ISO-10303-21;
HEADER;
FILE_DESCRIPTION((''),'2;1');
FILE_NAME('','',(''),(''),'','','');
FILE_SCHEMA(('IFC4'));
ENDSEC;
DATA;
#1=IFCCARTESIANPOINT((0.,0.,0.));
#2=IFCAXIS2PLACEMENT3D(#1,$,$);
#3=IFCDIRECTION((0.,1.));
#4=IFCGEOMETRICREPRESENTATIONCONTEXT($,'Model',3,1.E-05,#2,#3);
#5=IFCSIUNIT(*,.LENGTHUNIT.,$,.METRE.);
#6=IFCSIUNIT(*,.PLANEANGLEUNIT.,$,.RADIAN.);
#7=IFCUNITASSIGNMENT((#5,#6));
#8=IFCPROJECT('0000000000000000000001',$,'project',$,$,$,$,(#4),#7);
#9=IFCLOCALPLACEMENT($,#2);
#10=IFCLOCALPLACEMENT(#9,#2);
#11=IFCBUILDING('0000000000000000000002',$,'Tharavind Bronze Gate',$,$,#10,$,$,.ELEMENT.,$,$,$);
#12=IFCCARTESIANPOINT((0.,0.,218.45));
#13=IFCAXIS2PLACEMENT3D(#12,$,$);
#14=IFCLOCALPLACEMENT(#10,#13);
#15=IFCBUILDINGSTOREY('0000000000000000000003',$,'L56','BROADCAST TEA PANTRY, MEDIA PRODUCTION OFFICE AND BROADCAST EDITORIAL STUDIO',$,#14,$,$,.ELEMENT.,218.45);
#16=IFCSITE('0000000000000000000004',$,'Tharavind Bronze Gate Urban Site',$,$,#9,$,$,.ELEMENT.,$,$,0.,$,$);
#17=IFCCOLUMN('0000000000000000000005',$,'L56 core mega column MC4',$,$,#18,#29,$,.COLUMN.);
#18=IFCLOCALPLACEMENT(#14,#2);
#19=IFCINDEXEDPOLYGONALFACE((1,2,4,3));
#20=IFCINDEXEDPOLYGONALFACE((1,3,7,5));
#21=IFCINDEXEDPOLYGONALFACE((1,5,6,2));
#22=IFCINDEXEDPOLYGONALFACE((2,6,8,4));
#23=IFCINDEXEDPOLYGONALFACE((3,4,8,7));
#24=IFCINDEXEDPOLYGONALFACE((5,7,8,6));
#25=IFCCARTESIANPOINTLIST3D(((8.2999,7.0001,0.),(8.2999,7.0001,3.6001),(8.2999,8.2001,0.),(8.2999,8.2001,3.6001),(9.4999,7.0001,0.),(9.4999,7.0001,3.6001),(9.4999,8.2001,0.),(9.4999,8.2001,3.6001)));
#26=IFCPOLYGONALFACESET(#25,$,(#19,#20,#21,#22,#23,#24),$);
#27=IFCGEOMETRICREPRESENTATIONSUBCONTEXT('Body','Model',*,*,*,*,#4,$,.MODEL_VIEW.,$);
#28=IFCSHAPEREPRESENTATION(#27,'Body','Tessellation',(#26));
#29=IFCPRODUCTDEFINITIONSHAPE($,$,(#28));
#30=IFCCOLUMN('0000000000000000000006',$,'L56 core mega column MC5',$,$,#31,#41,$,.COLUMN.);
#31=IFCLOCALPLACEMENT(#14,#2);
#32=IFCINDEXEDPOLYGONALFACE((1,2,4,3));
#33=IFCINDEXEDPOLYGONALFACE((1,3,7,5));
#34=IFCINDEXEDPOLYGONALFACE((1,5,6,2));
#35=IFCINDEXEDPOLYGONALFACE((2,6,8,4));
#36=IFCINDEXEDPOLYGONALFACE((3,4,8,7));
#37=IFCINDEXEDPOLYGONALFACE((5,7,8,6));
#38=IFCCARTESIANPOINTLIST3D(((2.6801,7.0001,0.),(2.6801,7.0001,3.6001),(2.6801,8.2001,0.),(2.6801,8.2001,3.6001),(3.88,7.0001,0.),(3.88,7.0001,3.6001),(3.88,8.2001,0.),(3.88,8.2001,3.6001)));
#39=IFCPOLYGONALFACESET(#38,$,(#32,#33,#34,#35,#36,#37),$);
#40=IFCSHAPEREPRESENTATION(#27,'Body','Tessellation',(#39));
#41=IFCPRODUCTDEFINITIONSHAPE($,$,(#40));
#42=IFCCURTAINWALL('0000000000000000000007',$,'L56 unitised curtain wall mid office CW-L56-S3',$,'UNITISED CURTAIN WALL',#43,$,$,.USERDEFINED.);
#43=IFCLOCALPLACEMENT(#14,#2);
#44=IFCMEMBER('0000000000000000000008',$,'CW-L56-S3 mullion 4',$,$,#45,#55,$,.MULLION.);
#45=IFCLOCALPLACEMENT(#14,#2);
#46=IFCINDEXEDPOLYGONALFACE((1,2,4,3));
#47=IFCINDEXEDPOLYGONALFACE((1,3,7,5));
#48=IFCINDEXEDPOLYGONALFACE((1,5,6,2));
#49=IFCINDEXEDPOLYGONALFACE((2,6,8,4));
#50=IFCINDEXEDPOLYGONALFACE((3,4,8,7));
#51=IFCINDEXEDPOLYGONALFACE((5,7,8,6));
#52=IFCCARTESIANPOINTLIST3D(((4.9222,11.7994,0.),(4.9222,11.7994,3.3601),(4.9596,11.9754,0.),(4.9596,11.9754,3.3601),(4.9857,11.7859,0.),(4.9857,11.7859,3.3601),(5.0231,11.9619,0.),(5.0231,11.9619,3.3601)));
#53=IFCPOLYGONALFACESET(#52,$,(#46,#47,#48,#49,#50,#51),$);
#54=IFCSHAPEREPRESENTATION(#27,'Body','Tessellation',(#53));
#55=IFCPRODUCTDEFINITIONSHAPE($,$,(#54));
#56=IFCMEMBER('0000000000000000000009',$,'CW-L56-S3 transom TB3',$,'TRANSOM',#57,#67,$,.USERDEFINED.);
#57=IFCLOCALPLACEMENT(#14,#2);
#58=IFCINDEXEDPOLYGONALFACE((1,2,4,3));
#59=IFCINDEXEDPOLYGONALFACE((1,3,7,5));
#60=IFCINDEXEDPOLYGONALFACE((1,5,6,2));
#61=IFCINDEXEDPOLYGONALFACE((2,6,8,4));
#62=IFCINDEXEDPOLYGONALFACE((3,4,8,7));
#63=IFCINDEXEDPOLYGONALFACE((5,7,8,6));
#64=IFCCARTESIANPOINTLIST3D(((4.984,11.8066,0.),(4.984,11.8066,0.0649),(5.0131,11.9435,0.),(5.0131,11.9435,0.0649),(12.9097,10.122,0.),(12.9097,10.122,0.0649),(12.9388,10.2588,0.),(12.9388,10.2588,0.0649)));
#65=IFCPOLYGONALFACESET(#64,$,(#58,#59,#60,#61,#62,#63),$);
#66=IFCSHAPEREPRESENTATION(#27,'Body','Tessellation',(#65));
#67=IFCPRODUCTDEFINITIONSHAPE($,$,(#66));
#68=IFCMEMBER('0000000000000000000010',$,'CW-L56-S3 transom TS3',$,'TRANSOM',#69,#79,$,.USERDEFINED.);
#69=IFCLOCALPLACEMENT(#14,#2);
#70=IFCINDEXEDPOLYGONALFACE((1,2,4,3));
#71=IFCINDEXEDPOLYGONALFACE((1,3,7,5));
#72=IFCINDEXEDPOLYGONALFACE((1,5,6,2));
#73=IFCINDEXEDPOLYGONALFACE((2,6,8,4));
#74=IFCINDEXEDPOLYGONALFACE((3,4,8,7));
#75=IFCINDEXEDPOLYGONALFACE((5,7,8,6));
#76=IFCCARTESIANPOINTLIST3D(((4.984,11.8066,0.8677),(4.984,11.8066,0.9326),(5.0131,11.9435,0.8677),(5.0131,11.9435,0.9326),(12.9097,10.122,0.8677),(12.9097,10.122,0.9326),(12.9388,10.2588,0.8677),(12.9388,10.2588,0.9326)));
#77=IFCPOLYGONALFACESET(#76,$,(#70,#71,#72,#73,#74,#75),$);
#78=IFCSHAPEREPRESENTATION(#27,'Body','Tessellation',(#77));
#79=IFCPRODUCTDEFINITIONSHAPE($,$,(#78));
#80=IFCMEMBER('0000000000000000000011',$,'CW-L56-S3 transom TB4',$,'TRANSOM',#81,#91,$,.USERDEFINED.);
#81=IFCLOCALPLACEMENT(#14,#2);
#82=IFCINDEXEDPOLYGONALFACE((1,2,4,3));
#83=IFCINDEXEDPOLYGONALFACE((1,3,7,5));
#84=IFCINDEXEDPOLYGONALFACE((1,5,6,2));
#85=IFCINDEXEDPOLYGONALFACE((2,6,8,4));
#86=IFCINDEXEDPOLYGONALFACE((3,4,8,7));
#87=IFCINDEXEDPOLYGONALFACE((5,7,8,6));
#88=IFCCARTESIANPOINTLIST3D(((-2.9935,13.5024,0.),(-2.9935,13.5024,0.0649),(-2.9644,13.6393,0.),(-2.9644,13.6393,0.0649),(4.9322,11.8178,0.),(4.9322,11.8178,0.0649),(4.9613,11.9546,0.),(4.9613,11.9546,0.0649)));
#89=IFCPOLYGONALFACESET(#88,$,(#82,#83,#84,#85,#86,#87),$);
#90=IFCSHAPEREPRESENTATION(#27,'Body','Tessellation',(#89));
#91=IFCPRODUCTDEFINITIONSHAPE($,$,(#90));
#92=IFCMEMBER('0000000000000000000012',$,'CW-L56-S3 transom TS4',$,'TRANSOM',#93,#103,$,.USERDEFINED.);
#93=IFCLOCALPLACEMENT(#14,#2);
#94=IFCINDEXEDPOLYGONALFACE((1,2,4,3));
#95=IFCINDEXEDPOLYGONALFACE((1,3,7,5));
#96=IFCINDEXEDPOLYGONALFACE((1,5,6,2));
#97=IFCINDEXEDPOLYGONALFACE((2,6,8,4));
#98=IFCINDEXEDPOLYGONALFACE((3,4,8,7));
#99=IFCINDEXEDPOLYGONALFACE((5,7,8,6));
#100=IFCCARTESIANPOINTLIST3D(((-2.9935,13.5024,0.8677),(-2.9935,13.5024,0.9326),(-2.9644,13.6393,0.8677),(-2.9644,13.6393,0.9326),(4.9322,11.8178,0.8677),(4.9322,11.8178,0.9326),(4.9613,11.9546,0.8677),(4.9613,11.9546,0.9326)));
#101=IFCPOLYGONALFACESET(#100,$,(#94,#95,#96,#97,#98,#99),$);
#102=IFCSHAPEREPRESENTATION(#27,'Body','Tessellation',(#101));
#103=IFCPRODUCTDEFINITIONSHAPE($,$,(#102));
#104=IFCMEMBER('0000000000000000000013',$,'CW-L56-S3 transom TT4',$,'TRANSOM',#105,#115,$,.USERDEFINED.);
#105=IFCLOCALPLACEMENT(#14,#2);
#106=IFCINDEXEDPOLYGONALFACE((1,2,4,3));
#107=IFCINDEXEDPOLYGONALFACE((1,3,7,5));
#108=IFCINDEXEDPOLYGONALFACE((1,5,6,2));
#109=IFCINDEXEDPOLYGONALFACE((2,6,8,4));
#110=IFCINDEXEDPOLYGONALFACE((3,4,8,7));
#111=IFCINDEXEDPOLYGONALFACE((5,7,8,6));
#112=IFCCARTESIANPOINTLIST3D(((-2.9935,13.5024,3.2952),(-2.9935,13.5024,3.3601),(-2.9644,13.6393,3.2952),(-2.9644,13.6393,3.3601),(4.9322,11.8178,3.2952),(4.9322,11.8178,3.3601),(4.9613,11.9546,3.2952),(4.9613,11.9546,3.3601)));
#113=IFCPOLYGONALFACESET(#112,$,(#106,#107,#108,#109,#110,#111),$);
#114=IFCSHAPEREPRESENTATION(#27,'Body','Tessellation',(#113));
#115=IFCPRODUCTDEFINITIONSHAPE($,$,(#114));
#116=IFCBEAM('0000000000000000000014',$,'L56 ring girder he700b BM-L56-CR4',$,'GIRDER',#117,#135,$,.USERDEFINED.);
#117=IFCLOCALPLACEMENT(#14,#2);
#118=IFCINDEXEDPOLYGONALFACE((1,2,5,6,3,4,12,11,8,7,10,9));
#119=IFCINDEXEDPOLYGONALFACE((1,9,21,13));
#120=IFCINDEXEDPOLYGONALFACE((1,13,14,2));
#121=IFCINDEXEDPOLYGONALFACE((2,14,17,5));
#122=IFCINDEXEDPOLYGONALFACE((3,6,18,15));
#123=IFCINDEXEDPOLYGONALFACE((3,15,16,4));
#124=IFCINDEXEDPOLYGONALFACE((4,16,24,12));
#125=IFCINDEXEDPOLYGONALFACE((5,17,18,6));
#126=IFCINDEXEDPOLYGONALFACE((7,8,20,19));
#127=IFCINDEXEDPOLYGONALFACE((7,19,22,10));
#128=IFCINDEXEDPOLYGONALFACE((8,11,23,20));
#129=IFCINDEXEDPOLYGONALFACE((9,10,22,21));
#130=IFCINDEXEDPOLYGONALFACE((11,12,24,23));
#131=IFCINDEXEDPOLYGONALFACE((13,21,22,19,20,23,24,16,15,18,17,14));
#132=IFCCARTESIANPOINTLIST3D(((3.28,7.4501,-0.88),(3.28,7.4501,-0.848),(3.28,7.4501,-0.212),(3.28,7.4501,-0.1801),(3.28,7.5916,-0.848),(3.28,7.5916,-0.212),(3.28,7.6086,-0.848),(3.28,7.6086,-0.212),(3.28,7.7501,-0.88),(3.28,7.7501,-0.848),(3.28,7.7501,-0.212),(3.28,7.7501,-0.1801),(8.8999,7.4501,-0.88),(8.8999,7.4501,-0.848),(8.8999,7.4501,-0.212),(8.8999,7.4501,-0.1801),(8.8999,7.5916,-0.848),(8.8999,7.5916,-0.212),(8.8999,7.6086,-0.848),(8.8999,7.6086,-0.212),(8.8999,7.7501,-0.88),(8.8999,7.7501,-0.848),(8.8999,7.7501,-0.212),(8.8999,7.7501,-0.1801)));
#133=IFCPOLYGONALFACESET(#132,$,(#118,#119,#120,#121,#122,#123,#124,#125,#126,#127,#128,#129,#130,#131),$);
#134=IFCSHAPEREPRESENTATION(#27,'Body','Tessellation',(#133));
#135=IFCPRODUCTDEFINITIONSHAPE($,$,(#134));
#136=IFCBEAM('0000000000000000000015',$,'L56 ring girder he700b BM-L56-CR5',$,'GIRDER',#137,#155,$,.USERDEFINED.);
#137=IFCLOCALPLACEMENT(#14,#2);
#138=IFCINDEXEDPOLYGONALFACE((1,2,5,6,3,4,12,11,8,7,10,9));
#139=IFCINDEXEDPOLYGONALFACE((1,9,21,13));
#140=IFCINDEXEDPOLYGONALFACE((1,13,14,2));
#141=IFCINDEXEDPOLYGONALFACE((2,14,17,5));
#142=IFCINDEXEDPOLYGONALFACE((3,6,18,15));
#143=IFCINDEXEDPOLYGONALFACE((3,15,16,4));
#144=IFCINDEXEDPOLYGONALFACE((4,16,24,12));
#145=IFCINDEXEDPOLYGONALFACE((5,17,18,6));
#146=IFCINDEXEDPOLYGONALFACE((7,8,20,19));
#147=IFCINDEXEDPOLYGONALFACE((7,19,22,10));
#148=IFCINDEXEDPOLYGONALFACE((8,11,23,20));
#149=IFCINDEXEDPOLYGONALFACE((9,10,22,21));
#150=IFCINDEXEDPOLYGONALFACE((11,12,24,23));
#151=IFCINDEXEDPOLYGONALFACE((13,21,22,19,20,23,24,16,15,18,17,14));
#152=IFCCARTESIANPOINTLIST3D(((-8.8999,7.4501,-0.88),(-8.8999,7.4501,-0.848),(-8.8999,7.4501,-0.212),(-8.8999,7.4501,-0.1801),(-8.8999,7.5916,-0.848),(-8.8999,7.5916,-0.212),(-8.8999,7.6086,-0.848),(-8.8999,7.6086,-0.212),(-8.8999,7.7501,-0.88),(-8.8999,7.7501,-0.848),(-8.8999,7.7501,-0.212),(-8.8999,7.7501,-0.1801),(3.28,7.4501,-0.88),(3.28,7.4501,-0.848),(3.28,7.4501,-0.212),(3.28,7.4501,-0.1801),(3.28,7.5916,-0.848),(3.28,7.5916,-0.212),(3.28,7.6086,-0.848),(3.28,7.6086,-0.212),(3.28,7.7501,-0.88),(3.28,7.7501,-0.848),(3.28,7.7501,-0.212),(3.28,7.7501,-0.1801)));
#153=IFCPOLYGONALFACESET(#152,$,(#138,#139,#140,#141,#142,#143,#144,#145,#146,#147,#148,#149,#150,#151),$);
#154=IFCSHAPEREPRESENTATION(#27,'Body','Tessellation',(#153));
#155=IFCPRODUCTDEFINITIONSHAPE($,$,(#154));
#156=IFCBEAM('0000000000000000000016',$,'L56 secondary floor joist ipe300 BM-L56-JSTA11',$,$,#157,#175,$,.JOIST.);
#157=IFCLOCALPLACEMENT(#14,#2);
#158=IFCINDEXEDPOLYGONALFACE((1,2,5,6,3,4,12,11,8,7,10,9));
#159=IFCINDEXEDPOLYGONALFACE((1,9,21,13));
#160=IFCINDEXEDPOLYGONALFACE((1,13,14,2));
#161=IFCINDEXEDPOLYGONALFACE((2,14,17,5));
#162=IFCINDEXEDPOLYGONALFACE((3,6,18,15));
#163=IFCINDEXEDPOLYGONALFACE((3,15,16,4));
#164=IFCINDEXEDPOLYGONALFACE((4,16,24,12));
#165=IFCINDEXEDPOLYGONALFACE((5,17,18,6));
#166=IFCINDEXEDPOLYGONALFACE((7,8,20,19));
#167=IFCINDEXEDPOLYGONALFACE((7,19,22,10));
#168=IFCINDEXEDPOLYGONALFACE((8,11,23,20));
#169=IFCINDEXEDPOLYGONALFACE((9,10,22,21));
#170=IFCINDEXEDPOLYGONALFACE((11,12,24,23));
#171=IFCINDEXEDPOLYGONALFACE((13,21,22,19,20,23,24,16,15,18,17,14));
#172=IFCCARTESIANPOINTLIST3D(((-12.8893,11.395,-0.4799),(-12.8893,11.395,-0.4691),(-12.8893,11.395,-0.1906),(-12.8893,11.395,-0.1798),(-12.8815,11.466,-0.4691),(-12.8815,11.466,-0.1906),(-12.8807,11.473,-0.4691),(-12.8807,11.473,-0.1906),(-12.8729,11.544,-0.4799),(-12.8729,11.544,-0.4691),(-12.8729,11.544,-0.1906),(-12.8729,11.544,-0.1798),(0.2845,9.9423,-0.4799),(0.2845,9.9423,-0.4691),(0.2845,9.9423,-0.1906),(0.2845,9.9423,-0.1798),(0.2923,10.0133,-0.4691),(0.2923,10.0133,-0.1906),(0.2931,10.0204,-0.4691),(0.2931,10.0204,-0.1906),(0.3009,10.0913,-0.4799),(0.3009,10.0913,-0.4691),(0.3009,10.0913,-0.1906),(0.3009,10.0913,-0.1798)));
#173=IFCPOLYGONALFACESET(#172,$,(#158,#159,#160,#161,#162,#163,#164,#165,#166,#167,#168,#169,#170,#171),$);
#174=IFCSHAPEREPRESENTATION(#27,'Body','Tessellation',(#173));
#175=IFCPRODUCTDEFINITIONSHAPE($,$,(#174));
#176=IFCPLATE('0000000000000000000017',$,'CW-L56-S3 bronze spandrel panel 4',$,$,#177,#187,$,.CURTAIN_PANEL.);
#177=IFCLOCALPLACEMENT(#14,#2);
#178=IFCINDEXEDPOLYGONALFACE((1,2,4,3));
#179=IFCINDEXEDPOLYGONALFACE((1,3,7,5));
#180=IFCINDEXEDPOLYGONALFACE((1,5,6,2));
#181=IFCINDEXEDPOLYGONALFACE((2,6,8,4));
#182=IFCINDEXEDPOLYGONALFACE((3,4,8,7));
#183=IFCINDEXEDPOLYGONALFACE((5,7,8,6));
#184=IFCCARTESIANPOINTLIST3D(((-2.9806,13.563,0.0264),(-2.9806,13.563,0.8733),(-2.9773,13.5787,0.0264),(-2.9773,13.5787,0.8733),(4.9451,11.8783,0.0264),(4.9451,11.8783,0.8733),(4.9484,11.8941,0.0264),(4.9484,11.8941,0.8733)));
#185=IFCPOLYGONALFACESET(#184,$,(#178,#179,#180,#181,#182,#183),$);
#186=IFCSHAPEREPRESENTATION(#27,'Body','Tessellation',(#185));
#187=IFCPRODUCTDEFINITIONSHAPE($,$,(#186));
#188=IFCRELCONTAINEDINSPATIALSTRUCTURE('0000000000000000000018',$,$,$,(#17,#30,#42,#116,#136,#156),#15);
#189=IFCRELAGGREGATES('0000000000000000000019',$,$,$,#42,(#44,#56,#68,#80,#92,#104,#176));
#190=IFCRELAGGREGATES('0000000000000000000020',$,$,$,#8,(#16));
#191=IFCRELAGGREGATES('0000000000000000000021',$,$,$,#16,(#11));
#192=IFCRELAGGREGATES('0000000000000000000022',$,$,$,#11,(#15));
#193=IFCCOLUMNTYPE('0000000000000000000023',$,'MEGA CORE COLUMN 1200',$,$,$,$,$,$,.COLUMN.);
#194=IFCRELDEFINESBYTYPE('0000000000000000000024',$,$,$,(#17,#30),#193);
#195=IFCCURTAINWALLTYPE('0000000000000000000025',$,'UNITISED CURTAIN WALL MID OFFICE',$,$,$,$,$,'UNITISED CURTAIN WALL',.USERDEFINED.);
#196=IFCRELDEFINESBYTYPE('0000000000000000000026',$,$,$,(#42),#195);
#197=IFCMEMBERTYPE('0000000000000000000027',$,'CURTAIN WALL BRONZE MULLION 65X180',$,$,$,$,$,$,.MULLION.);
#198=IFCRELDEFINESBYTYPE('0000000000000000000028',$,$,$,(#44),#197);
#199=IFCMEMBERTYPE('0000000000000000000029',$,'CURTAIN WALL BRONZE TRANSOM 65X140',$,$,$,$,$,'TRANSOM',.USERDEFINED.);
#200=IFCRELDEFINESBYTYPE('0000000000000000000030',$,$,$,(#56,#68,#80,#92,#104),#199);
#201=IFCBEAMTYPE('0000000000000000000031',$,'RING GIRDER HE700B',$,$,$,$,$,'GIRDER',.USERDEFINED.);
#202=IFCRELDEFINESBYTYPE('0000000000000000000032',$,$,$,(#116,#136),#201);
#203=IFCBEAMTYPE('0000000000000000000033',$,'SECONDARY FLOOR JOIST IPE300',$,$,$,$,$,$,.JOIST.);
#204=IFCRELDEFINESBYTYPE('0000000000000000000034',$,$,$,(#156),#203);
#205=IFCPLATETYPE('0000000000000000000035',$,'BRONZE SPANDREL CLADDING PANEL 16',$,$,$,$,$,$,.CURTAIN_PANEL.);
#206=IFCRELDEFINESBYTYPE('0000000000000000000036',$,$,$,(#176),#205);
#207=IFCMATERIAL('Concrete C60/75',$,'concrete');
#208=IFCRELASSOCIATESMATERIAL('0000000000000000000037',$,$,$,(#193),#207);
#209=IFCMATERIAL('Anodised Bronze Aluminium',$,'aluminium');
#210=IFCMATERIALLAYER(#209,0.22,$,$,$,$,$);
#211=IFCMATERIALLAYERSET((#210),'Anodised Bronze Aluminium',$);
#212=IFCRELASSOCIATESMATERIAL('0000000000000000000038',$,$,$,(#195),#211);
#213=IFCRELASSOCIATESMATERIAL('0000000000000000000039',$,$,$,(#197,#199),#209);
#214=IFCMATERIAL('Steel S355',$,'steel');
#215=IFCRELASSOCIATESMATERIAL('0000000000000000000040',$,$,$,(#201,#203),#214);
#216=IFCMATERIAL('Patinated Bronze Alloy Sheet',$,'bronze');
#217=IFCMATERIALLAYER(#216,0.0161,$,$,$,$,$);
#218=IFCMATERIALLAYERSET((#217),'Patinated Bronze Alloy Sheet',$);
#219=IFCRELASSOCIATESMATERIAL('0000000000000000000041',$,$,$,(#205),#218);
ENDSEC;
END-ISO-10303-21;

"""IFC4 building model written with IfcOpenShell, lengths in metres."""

from ifc_helpers import new_model, si_unit, direction, frame, origin, origin_2d, place, context, subcontext, project, spatial, rectangle, i_section, extrude, material, layer, layer_set, material_profile, profile_set, type_object, element, aggregate, save


model = new_model("IFC4")

# Units and contexts
model_context = context("Model", 3, precision=1e-05, world=origin(), true_north=direction((0.0, 1.0)))
body_context = subcontext(model_context, "Body", "Model", "MODEL_VIEW")
ifc_project = project(units=[si_unit("LENGTHUNIT", "METRE"), si_unit("PLANEANGLEUNIT", "RADIAN")], contexts=[model_context])

# Site, building, storey
site_placement = place(None, origin())
site = spatial("IfcSite", under=ifc_project, at=site_placement, Name="Tharavind Bronze Gate Urban Site", CompositionType="ELEMENT", RefElevation=0.0)
building_placement = place(site_placement, origin())
building = spatial("IfcBuilding", under=site, at=building_placement, Name="Tharavind Bronze Gate", CompositionType="ELEMENT")
storey_placement = place(building_placement, frame((0.0, 0.0, 218.45)))
storey = spatial("IfcBuildingStorey", under=building, at=storey_placement, Name="L56", Description="BROADCAST TEA PANTRY, MEDIA PRODUCTION OFFICE AND BROADCAST EDITORIAL STUDIO", CompositionType="ELEMENT", Elevation=218.45)

# Columns
ifc_material_1 = material(Name="Concrete C60/75", Category="concrete")
ifc_material_profile_1 = material_profile(ifc_material_1, rectangle(XDim=1.2, YDim=1.2, at=origin_2d()), Name="RCCOL1200")
ifc_profile_set_1 = profile_set([ifc_material_profile_1], Name="Concrete C60/75")
column_type = type_object("IfcColumnType", Name="MEGA CORE COLUMN 1200", PredefinedType="COLUMN", material=ifc_profile_set_1)
for number, where, z_axis, x_axis, name in (
    (1, (8.8999, 7.6001, 0.0), (0.0, 0.0, 1.0), (1.0, 0.0, 0.0), "L56 core mega column MC4"),
    (2, (3.28, 7.6001, 0.0), (0.0, 0.0, 1.0), (1.0, 0.0, 0.0), "L56 core mega column MC5"),
):
    element("IfcColumn", number, at=place(storey_placement, frame(where, z_axis=z_axis, x_axis=x_axis)), inside=storey, type_object=column_type, Name=name, PredefinedType="COLUMN", context=body_context, shape_type="SweptSolid", body=[
        extrude(rectangle(XDim=1.2, YDim=1.2, at=origin_2d()), origin(), (0.0, 0.0, 1.0), 3.6001),
    ])

# Curtain wall, members
ifc_material_2 = material(Name="Anodised Bronze Aluminium", Category="aluminium")
ifc_layer_1 = layer(ifc_material_2, 0.22)
ifc_layer_set_1 = layer_set([ifc_layer_1], Name="Anodised Bronze Aluminium")
curtain_wall_type = type_object("IfcCurtainWallType", Name="UNITISED CURTAIN WALL MID OFFICE", ElementType="UNITISED CURTAIN WALL", PredefinedType="USERDEFINED", material=ifc_layer_set_1)
curtain_wall_placement = place(storey_placement, origin())
curtain_wall = element("IfcCurtainWall", 3, at=curtain_wall_placement, inside=storey, type_object=curtain_wall_type, Name="L56 unitised curtain wall mid office CW-L56-S3", ObjectType="UNITISED CURTAIN WALL", PredefinedType="USERDEFINED")
member_type_1 = type_object("IfcMemberType", Name="CURTAIN WALL BRONZE MULLION 65X180", PredefinedType="MULLION", material=ifc_material_2)
member_1_placement = place(storey_placement, frame((4.9727, 11.8806, 0.0), z_axis=(0.0, 0.0, 1.0), x_axis=(-0.978148, 0.207912, 0.0)))
member_1 = element("IfcMember", 4, at=member_1_placement, type_object=member_type_1, Name="CW-L56-S3 mullion 4", PredefinedType="MULLION", context=body_context, shape_type="SweptSolid", body=[
    extrude(rectangle(XDim=0.0649, YDim=0.1799, at=origin_2d()), origin(), (0.0, 0.0, 1.0), 3.3601),
])
member_type_2 = type_object("IfcMemberType", Name="CURTAIN WALL BRONZE TRANSOM 65X140", ElementType="TRANSOM", PredefinedType="USERDEFINED", material=ifc_material_2)
member_2_placement = place(storey_placement, frame((8.9614, 11.0327, 0.0), z_axis=(0.0, 0.0, 1.0), x_axis=(-0.978148, 0.207912, 0.0)))
member_2 = element("IfcMember", 5, at=member_2_placement, type_object=member_type_2, Name="CW-L56-S3 transom TB3", ObjectType="TRANSOM", PredefinedType="USERDEFINED", context=body_context, shape_type="SweptSolid", body=[
    extrude(rectangle(XDim=8.1028, YDim=0.1399, at=origin_2d()), origin(), (0.0, 0.0, 1.0), 0.0649),
])
member_3_placement = place(storey_placement, frame((8.9614, 11.0327, 0.8677), z_axis=(0.0, 0.0, 1.0), x_axis=(-0.978148, 0.207912, 0.0)))
member_3 = element("IfcMember", 6, at=member_3_placement, type_object=member_type_2, Name="CW-L56-S3 transom TS3", ObjectType="TRANSOM", PredefinedType="USERDEFINED", context=body_context, shape_type="SweptSolid", body=[
    extrude(rectangle(XDim=8.1028, YDim=0.1399, at=origin_2d()), origin(), (0.0, 0.0, 1.0), 0.0649),
])
member_4_placement = place(storey_placement, frame((0.9839, 12.7285, 0.0), z_axis=(0.0, 0.0, 1.0), x_axis=(-0.978148, 0.207912, 0.0)))
member_4 = element("IfcMember", 7, at=member_4_placement, type_object=member_type_2, Name="CW-L56-S3 transom TB4", ObjectType="TRANSOM", PredefinedType="USERDEFINED", context=body_context, shape_type="SweptSolid", body=[
    extrude(rectangle(XDim=8.1028, YDim=0.1399, at=origin_2d()), origin(), (0.0, 0.0, 1.0), 0.0649),
])
member_5_placement = place(storey_placement, frame((0.9839, 12.7285, 0.8677), z_axis=(0.0, 0.0, 1.0), x_axis=(-0.978148, 0.207912, 0.0)))
member_5 = element("IfcMember", 8, at=member_5_placement, type_object=member_type_2, Name="CW-L56-S3 transom TS4", ObjectType="TRANSOM", PredefinedType="USERDEFINED", context=body_context, shape_type="SweptSolid", body=[
    extrude(rectangle(XDim=8.1028, YDim=0.1399, at=origin_2d()), origin(), (0.0, 0.0, 1.0), 0.0649),
])
member_6_placement = place(storey_placement, frame((0.9839, 12.7285, 3.2952), z_axis=(0.0, 0.0, 1.0), x_axis=(-0.978148, 0.207912, 0.0)))
member_6 = element("IfcMember", 9, at=member_6_placement, type_object=member_type_2, Name="CW-L56-S3 transom TT4", ObjectType="TRANSOM", PredefinedType="USERDEFINED", context=body_context, shape_type="SweptSolid", body=[
    extrude(rectangle(XDim=8.1028, YDim=0.1399, at=origin_2d()), origin(), (0.0, 0.0, 1.0), 0.0649),
])

# Beams
ifc_material_3 = material(Name="Steel S355", Category="steel")
ifc_material_profile_2 = material_profile(ifc_material_3, i_section(OverallWidth=0.3, OverallDepth=0.7, WebThickness=0.0171, FlangeThickness=0.032, at=origin_2d()), Name="HE700B")
ifc_profile_set_2 = profile_set([ifc_material_profile_2], Name="Steel S355")
beam_type_1 = type_object("IfcBeamType", Name="RING GIRDER HE700B", ElementType="GIRDER", PredefinedType="USERDEFINED", material=ifc_profile_set_2)
beam_1_placement = place(storey_placement, frame((8.8999, 7.6001, -0.53), z_axis=(-1.0, 0.0, 0.0), x_axis=(0.0, -1.0, 0.0)))
element("IfcBeam", 10, at=beam_1_placement, inside=storey, type_object=beam_type_1, Name="L56 ring girder he700b BM-L56-CR4", ObjectType="GIRDER", PredefinedType="USERDEFINED", context=body_context, shape_type="SweptSolid", body=[
    extrude(i_section(OverallWidth=0.3, OverallDepth=0.7, WebThickness=0.0171, FlangeThickness=0.032, at=origin_2d()), origin(), (0.0, 0.0, 1.0), 5.6199),
])
beam_2_placement = place(storey_placement, frame((3.28, 7.6001, -0.53), z_axis=(-1.0, 0.0, 0.0), x_axis=(0.0, -1.0, 0.0)))
element("IfcBeam", 11, at=beam_2_placement, inside=storey, type_object=beam_type_1, Name="L56 ring girder he700b BM-L56-CR5", ObjectType="GIRDER", PredefinedType="USERDEFINED", context=body_context, shape_type="SweptSolid", body=[
    extrude(i_section(OverallWidth=0.3, OverallDepth=0.7, WebThickness=0.0171, FlangeThickness=0.032, at=origin_2d()), origin(), (0.0, 0.0, 1.0), 12.1799),
])
ifc_material_profile_3 = material_profile(ifc_material_3, i_section(OverallWidth=0.1499, OverallDepth=0.3, WebThickness=0.0071, FlangeThickness=0.0107, at=origin_2d()), Name="IPE300")
ifc_profile_set_3 = profile_set([ifc_material_profile_3], Name="Steel S355")
beam_type_2 = type_object("IfcBeamType", Name="SECONDARY FLOOR JOIST IPE300", PredefinedType="JOIST", material=ifc_profile_set_3)
beam_3_placement = place(storey_placement, frame((0.2927, 10.0168, -0.3298), z_axis=(-0.993975, 0.109603, 0.0), x_axis=(-0.109603, -0.993975, 0.0)))
element("IfcBeam", 12, at=beam_3_placement, inside=storey, type_object=beam_type_2, Name="L56 secondary floor joist ipe300 BM-L56-JSTA11", PredefinedType="JOIST", context=body_context, shape_type="SweptSolid", body=[
    extrude(i_section(OverallWidth=0.1499, OverallDepth=0.3, WebThickness=0.0071, FlangeThickness=0.0107, at=origin_2d()), origin(), (0.0, 0.0, 1.0), 13.2537),
])

# Plate
ifc_material_4 = material(Name="Patinated Bronze Alloy Sheet", Category="bronze")
ifc_layer_2 = layer(ifc_material_4, 0.0161)
ifc_layer_set_2 = layer_set([ifc_layer_2], Name="Patinated Bronze Alloy Sheet")
plate_type_1 = type_object("IfcPlateType", Name="BRONZE SPANDREL CLADDING PANEL 16", PredefinedType="CURTAIN_PANEL", material=ifc_layer_set_2)
plate_1_placement = place(storey_placement, frame((0.9839, 12.7285, 0.0264), z_axis=(0.0, 0.0, 1.0), x_axis=(-0.978148, 0.207912, 0.0)))
plate_1 = element("IfcPlate", 13, at=plate_1_placement, type_object=plate_type_1, Name="CW-L56-S3 bronze spandrel panel 4", PredefinedType="CURTAIN_PANEL", context=body_context, shape_type="SweptSolid", body=[
    extrude(rectangle(XDim=8.1028, YDim=0.0161, at=origin_2d()), origin(), (0.0, 0.0, 1.0), 0.8469),
])
aggregate(curtain_wall, [member_1, member_2, member_3, member_4, member_5, member_6, plate_1])

save(model, "model.ifc")
